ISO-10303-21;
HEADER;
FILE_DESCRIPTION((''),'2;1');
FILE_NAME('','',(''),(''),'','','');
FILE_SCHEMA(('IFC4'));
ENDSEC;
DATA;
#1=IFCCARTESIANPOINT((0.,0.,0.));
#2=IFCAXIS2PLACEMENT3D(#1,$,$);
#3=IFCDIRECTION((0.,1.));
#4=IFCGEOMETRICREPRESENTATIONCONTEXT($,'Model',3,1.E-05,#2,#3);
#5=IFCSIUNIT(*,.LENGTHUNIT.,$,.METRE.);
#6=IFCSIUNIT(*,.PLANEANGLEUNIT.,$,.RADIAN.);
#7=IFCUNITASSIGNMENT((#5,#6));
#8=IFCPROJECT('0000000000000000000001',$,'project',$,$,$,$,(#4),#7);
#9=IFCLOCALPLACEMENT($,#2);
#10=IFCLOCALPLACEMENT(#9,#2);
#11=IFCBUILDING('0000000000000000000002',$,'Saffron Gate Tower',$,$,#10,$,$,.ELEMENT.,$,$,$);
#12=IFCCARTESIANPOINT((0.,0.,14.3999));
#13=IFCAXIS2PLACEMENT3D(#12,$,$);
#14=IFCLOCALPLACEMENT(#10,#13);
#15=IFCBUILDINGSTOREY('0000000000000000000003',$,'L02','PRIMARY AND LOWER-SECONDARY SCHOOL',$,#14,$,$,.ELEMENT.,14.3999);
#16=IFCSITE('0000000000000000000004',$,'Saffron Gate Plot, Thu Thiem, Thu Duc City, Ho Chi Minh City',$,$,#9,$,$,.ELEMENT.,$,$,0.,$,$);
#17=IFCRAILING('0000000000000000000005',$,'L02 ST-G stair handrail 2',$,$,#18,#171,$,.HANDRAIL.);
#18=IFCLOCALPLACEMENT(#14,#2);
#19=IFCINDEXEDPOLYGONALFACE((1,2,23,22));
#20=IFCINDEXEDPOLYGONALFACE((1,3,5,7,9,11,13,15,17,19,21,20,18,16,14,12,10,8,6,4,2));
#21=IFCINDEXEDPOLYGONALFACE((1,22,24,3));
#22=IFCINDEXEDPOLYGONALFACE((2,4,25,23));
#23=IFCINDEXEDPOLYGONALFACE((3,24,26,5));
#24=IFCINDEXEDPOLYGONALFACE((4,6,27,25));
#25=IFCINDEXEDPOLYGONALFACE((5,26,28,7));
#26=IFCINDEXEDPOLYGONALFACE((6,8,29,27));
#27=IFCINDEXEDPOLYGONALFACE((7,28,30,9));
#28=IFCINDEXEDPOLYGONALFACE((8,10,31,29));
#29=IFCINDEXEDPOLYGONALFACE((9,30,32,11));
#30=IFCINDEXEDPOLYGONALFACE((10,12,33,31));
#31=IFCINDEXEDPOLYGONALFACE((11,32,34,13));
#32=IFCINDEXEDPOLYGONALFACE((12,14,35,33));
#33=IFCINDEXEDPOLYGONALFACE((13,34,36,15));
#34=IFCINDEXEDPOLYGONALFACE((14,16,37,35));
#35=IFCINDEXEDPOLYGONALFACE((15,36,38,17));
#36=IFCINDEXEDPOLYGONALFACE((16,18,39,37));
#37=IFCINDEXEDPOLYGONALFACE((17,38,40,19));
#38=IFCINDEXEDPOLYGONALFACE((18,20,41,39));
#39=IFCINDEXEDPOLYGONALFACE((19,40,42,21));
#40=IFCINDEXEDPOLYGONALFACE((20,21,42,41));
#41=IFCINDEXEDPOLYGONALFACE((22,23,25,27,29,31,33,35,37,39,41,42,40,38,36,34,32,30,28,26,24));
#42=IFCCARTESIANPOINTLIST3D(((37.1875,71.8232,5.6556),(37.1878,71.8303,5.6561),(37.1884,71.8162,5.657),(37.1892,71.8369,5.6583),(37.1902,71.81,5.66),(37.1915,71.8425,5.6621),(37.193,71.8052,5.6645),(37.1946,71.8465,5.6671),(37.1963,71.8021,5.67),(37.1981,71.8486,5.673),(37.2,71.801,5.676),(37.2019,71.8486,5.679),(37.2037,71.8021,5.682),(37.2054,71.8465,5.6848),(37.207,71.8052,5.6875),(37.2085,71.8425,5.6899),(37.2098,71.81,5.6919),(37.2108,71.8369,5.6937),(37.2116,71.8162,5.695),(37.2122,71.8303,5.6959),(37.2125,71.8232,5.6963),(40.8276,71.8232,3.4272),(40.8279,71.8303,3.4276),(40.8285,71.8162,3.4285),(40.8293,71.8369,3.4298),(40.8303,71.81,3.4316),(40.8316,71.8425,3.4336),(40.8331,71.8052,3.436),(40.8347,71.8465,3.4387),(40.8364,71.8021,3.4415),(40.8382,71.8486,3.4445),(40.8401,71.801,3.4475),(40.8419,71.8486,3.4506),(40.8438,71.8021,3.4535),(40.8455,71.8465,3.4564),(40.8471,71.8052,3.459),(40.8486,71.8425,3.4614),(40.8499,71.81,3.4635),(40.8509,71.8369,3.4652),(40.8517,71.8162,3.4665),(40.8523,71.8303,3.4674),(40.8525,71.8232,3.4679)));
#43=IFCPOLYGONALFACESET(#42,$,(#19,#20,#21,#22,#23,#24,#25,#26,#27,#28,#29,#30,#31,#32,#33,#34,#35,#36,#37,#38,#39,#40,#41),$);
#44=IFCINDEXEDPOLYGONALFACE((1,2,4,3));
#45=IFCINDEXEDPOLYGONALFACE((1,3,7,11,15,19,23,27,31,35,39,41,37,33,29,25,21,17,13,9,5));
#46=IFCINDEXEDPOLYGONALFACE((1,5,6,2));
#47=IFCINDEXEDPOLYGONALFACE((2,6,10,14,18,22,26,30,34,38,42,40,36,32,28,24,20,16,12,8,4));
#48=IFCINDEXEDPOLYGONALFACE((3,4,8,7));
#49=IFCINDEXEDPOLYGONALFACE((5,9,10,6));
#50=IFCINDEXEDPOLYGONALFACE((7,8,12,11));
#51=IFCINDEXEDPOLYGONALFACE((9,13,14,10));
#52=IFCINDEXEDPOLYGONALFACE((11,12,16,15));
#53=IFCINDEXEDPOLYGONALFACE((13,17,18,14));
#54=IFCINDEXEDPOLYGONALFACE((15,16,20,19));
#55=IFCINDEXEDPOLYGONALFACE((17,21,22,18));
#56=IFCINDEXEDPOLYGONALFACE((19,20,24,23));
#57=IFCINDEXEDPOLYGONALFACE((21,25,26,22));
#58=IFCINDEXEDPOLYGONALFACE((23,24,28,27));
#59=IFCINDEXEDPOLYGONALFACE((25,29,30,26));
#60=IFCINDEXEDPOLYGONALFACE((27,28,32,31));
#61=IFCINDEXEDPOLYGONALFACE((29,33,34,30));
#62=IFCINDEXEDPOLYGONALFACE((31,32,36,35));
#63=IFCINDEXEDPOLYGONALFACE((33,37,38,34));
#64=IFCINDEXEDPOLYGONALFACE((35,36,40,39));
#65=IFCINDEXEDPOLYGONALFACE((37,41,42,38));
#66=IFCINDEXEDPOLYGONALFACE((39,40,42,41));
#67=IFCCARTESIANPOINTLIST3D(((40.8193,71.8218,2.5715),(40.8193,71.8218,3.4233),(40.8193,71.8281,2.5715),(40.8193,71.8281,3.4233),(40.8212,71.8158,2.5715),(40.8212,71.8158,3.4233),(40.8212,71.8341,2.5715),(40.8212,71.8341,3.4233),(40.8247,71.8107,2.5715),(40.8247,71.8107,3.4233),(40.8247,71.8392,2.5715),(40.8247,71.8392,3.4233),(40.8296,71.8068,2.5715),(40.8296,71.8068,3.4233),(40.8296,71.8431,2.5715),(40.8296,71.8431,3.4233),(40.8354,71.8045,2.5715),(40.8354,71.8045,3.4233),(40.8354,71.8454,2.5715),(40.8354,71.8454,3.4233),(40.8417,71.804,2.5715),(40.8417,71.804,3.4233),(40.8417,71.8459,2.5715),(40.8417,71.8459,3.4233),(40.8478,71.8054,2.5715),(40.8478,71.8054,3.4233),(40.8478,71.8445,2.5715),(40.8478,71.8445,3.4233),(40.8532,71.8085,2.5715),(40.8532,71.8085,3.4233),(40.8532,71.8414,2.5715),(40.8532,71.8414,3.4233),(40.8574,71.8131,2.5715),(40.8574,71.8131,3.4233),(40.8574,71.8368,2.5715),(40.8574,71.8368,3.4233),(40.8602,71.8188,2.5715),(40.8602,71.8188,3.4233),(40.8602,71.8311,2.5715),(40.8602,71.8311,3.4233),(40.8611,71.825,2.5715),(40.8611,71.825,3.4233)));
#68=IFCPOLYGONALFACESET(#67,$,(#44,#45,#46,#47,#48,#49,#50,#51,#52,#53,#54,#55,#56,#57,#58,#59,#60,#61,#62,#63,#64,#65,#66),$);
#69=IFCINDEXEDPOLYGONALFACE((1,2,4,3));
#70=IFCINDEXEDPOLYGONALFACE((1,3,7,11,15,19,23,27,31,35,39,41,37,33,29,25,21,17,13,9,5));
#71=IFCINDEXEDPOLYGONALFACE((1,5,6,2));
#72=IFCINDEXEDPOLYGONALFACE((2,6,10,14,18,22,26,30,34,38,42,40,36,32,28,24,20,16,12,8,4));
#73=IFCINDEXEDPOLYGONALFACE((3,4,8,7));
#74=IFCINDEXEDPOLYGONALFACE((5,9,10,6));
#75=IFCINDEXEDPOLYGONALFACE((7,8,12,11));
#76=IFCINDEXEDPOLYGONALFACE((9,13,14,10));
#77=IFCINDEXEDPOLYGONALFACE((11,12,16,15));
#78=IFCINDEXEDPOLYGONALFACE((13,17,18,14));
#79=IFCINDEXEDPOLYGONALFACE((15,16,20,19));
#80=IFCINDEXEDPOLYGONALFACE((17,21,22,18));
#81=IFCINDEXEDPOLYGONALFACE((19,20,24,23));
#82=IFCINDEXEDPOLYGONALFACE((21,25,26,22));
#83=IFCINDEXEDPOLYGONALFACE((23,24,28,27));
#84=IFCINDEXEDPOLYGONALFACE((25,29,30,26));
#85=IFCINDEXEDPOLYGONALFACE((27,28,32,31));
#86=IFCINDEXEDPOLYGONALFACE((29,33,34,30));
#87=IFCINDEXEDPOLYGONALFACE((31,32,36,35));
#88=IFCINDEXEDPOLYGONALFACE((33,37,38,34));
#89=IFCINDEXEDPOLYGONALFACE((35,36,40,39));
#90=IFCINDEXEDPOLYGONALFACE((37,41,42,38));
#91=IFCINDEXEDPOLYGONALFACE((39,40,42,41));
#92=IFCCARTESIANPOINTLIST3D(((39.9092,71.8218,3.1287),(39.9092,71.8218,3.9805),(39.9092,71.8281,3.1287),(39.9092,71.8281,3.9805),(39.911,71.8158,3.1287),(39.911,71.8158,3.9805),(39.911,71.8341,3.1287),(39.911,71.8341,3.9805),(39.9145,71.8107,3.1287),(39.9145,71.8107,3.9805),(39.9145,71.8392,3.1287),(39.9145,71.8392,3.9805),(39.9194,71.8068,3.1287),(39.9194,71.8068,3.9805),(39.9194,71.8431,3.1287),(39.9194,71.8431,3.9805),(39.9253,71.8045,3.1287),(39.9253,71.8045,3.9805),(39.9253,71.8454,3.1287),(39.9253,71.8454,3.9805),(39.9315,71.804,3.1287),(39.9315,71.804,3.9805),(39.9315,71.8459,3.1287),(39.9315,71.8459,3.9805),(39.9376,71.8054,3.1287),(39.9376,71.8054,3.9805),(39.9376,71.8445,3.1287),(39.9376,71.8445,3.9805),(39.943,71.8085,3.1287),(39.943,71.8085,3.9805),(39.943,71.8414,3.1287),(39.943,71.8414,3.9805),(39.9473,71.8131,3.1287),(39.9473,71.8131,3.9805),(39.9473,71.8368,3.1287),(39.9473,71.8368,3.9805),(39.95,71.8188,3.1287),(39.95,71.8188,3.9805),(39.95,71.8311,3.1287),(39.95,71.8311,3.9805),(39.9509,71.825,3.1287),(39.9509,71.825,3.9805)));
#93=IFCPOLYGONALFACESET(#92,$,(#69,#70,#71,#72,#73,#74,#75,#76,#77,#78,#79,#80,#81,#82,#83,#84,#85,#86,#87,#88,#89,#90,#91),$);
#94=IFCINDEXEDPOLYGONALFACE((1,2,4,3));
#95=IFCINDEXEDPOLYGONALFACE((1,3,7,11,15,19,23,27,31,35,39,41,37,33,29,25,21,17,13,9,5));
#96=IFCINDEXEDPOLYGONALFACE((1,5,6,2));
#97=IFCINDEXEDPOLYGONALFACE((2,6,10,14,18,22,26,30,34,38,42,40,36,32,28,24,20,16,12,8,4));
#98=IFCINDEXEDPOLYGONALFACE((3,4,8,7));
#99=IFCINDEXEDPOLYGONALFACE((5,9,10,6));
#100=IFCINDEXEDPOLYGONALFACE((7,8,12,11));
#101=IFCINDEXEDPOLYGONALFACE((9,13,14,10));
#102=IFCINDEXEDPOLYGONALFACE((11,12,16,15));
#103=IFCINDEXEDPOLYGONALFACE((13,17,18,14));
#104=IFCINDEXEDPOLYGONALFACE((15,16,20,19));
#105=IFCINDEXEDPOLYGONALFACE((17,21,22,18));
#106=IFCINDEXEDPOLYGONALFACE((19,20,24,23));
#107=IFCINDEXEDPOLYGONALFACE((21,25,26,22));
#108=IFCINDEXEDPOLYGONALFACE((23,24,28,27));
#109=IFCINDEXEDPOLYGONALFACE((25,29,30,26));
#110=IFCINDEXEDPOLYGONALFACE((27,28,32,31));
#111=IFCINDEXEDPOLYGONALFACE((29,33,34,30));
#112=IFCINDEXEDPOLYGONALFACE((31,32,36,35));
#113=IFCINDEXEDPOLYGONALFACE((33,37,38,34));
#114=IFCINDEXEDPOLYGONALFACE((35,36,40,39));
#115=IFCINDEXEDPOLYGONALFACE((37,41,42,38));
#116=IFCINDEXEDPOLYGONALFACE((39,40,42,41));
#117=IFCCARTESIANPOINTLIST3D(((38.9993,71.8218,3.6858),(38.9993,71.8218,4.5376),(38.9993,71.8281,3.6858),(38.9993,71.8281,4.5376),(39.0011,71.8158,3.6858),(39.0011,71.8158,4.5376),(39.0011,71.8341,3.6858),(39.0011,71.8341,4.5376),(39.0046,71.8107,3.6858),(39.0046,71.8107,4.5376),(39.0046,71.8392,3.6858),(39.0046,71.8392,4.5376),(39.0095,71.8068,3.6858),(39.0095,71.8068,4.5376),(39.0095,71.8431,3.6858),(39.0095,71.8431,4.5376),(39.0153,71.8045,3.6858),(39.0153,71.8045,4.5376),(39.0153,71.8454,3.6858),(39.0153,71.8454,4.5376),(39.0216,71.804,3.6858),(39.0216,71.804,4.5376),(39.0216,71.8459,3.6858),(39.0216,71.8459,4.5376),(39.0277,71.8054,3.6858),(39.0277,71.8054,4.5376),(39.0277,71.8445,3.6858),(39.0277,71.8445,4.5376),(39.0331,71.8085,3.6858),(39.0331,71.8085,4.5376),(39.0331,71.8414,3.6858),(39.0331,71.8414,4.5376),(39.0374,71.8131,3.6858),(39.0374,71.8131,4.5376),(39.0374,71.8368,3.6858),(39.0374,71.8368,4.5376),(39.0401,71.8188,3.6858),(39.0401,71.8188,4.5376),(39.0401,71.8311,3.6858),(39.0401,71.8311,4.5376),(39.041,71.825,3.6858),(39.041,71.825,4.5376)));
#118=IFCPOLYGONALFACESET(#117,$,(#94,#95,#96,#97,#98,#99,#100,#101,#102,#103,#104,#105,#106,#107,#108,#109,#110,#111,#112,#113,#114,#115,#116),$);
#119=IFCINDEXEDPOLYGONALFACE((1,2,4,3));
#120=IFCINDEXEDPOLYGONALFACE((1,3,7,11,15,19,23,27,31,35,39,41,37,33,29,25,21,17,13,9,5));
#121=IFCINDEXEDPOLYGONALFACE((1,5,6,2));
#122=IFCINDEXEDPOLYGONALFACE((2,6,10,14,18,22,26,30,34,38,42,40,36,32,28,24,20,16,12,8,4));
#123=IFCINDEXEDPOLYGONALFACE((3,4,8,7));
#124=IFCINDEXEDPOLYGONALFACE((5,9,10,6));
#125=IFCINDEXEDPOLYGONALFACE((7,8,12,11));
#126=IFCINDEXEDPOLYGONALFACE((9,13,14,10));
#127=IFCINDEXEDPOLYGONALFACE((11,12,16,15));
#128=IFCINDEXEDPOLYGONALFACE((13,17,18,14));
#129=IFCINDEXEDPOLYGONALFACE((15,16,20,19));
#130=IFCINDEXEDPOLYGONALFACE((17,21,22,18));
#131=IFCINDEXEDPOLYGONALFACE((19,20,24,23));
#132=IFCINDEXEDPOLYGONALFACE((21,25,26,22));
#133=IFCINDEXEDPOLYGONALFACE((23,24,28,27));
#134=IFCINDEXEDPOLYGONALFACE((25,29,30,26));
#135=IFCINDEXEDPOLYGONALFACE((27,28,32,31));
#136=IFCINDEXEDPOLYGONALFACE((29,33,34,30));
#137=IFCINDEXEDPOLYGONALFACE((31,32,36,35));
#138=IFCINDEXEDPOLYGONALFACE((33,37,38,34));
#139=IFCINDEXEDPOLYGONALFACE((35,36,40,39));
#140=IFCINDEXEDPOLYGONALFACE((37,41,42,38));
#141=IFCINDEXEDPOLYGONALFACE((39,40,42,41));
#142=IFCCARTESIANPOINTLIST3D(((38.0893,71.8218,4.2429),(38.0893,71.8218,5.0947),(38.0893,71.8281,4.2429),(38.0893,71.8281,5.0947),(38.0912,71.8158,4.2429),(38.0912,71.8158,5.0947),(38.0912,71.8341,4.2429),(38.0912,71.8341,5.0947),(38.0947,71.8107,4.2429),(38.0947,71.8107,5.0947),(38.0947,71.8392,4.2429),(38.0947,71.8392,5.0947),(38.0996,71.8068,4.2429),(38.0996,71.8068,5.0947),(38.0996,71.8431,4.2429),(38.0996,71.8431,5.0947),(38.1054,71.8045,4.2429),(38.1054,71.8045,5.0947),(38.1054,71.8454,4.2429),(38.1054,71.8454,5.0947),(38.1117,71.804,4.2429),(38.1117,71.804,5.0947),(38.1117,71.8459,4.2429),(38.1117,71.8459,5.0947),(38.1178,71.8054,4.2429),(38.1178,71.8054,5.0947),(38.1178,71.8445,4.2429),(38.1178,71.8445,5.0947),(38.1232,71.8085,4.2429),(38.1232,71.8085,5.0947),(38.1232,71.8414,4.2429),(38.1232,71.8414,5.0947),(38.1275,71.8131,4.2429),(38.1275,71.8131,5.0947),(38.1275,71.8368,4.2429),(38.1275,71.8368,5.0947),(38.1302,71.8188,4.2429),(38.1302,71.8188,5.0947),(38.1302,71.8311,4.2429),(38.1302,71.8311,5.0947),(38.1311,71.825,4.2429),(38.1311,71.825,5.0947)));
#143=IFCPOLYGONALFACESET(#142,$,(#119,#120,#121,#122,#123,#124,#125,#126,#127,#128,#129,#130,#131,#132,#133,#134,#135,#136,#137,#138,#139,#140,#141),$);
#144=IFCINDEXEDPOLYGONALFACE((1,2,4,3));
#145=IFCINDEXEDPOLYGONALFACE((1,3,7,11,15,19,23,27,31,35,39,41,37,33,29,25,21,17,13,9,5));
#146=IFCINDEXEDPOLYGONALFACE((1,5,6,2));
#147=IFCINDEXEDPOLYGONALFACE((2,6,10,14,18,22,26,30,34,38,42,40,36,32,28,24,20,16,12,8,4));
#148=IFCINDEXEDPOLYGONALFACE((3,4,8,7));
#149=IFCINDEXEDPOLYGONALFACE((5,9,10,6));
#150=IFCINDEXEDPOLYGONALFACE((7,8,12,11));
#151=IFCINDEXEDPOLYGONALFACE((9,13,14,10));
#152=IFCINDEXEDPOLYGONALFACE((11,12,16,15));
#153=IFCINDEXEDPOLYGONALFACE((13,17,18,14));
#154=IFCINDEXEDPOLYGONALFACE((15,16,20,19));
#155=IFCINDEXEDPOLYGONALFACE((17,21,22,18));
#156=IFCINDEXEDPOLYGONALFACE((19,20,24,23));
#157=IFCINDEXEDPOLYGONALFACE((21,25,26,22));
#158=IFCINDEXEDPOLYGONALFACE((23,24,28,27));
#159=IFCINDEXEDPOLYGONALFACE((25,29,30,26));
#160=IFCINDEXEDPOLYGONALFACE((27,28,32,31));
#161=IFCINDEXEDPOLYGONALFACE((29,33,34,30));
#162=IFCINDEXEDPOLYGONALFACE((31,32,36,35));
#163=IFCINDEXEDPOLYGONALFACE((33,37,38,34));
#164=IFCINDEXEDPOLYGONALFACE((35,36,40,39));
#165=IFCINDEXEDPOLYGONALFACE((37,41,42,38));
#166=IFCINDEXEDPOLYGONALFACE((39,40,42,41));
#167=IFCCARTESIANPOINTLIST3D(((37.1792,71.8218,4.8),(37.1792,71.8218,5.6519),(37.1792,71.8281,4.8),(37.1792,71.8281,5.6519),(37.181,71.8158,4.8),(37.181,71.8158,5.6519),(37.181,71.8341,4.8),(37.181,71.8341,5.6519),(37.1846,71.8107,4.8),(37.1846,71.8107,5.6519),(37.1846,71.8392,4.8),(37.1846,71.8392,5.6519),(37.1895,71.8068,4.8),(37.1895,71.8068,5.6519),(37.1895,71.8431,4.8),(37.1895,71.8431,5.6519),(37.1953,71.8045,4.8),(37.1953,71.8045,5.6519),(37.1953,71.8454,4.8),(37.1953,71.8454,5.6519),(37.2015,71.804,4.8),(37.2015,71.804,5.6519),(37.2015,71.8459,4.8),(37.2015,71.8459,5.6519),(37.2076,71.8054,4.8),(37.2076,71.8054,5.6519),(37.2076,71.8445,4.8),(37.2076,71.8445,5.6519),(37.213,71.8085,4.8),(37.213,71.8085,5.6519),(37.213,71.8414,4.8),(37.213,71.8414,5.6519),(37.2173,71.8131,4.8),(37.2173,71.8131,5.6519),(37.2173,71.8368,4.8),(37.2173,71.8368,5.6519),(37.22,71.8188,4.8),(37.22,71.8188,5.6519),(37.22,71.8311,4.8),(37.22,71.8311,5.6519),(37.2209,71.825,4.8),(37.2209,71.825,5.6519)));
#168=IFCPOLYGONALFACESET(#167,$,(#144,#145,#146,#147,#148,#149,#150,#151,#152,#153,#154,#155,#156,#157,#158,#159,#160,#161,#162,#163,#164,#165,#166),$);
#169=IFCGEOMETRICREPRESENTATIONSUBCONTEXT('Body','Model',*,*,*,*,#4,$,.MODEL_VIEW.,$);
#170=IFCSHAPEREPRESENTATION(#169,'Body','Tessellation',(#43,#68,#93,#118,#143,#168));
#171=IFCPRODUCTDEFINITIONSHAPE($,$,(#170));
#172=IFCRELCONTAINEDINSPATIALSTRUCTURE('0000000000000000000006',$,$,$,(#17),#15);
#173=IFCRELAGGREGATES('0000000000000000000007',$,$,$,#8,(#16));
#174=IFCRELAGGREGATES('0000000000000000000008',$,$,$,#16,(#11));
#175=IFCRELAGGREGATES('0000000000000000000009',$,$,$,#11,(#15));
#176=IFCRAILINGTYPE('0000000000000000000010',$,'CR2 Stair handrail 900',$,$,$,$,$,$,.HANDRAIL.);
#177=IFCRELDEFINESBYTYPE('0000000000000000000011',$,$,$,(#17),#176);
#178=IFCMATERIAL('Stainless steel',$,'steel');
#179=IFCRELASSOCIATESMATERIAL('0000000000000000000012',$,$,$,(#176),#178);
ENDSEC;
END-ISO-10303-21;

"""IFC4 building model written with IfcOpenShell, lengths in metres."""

from ifc_helpers import new_model, si_unit, direction, frame, origin, origin_2d, place, context, subcontext, project, spatial, circle, extrude, material, type_object, element, save


model = new_model("IFC4")

# Units and contexts
model_context = context("Model", 3, precision=1e-05, world=origin(), true_north=direction((0.0, 1.0)))
body_context = subcontext(model_context, "Body", "Model", "MODEL_VIEW")
ifc_project = project(units=[si_unit("LENGTHUNIT", "METRE"), si_unit("PLANEANGLEUNIT", "RADIAN")], contexts=[model_context])

# Site, building, storey
site_placement = place(None, origin())
site = spatial("IfcSite", under=ifc_project, at=site_placement, Name="Saffron Gate Plot, Thu Thiem, Thu Duc City, Ho Chi Minh City", CompositionType="ELEMENT", RefElevation=0.0)
building_placement = place(site_placement, origin())
building = spatial("IfcBuilding", under=site, at=building_placement, Name="Saffron Gate Tower", CompositionType="ELEMENT")
storey_placement = place(building_placement, frame((0.0, 0.0, 14.3999)))
storey = spatial("IfcBuildingStorey", under=building, at=storey_placement, Name="L02", Description="PRIMARY AND LOWER-SECONDARY SCHOOL", CompositionType="ELEMENT", Elevation=14.3999)

# Railing
ifc_material_1 = material(Name="Stainless steel", Category="steel")
railing_type_1 = type_object("IfcRailingType", Name="CR2 Stair handrail 900", PredefinedType="HANDRAIL", material=ifc_material_1)
railing_1_placement = place(storey_placement, frame((40.8401, 71.825, 2.5715)))
element("IfcRailing", 1, at=railing_1_placement, inside=storey, type_object=railing_type_1, Name="L02 ST-G stair handrail 2", PredefinedType="HANDRAIL", context=body_context, shape_type="SweptSolid", body=[
    extrude(circle(Radius=0.0239, at=origin_2d()), frame((0.0, 0.0, 0.876), z_axis=(-0.852866, 0.0, 0.52213), x_axis=(0.0, -1.0, 0.0)), (0.0, 0.0, 1.0), 4.2681),
    extrude(circle(Radius=0.021, at=origin_2d()), origin(), (0.0, 0.0, 1.0), 0.8518),
    extrude(circle(Radius=0.021, at=origin_2d()), frame((-0.9102, 0.0, 0.5571)), (0.0, 0.0, 1.0), 0.8518),
    extrude(circle(Radius=0.021, at=origin_2d()), frame((-1.8201, 0.0, 1.1143)), (0.0, 0.0, 1.0), 0.8518),
    extrude(circle(Radius=0.021, at=origin_2d()), frame((-2.73, 0.0, 1.6714)), (0.0, 0.0, 1.0), 0.8518),
    extrude(circle(Radius=0.021, at=origin_2d()), frame((-3.6401, 0.0, 2.2285)), (0.0, 0.0, 1.0), 0.8518),
])

save(model, "model.ifc")
